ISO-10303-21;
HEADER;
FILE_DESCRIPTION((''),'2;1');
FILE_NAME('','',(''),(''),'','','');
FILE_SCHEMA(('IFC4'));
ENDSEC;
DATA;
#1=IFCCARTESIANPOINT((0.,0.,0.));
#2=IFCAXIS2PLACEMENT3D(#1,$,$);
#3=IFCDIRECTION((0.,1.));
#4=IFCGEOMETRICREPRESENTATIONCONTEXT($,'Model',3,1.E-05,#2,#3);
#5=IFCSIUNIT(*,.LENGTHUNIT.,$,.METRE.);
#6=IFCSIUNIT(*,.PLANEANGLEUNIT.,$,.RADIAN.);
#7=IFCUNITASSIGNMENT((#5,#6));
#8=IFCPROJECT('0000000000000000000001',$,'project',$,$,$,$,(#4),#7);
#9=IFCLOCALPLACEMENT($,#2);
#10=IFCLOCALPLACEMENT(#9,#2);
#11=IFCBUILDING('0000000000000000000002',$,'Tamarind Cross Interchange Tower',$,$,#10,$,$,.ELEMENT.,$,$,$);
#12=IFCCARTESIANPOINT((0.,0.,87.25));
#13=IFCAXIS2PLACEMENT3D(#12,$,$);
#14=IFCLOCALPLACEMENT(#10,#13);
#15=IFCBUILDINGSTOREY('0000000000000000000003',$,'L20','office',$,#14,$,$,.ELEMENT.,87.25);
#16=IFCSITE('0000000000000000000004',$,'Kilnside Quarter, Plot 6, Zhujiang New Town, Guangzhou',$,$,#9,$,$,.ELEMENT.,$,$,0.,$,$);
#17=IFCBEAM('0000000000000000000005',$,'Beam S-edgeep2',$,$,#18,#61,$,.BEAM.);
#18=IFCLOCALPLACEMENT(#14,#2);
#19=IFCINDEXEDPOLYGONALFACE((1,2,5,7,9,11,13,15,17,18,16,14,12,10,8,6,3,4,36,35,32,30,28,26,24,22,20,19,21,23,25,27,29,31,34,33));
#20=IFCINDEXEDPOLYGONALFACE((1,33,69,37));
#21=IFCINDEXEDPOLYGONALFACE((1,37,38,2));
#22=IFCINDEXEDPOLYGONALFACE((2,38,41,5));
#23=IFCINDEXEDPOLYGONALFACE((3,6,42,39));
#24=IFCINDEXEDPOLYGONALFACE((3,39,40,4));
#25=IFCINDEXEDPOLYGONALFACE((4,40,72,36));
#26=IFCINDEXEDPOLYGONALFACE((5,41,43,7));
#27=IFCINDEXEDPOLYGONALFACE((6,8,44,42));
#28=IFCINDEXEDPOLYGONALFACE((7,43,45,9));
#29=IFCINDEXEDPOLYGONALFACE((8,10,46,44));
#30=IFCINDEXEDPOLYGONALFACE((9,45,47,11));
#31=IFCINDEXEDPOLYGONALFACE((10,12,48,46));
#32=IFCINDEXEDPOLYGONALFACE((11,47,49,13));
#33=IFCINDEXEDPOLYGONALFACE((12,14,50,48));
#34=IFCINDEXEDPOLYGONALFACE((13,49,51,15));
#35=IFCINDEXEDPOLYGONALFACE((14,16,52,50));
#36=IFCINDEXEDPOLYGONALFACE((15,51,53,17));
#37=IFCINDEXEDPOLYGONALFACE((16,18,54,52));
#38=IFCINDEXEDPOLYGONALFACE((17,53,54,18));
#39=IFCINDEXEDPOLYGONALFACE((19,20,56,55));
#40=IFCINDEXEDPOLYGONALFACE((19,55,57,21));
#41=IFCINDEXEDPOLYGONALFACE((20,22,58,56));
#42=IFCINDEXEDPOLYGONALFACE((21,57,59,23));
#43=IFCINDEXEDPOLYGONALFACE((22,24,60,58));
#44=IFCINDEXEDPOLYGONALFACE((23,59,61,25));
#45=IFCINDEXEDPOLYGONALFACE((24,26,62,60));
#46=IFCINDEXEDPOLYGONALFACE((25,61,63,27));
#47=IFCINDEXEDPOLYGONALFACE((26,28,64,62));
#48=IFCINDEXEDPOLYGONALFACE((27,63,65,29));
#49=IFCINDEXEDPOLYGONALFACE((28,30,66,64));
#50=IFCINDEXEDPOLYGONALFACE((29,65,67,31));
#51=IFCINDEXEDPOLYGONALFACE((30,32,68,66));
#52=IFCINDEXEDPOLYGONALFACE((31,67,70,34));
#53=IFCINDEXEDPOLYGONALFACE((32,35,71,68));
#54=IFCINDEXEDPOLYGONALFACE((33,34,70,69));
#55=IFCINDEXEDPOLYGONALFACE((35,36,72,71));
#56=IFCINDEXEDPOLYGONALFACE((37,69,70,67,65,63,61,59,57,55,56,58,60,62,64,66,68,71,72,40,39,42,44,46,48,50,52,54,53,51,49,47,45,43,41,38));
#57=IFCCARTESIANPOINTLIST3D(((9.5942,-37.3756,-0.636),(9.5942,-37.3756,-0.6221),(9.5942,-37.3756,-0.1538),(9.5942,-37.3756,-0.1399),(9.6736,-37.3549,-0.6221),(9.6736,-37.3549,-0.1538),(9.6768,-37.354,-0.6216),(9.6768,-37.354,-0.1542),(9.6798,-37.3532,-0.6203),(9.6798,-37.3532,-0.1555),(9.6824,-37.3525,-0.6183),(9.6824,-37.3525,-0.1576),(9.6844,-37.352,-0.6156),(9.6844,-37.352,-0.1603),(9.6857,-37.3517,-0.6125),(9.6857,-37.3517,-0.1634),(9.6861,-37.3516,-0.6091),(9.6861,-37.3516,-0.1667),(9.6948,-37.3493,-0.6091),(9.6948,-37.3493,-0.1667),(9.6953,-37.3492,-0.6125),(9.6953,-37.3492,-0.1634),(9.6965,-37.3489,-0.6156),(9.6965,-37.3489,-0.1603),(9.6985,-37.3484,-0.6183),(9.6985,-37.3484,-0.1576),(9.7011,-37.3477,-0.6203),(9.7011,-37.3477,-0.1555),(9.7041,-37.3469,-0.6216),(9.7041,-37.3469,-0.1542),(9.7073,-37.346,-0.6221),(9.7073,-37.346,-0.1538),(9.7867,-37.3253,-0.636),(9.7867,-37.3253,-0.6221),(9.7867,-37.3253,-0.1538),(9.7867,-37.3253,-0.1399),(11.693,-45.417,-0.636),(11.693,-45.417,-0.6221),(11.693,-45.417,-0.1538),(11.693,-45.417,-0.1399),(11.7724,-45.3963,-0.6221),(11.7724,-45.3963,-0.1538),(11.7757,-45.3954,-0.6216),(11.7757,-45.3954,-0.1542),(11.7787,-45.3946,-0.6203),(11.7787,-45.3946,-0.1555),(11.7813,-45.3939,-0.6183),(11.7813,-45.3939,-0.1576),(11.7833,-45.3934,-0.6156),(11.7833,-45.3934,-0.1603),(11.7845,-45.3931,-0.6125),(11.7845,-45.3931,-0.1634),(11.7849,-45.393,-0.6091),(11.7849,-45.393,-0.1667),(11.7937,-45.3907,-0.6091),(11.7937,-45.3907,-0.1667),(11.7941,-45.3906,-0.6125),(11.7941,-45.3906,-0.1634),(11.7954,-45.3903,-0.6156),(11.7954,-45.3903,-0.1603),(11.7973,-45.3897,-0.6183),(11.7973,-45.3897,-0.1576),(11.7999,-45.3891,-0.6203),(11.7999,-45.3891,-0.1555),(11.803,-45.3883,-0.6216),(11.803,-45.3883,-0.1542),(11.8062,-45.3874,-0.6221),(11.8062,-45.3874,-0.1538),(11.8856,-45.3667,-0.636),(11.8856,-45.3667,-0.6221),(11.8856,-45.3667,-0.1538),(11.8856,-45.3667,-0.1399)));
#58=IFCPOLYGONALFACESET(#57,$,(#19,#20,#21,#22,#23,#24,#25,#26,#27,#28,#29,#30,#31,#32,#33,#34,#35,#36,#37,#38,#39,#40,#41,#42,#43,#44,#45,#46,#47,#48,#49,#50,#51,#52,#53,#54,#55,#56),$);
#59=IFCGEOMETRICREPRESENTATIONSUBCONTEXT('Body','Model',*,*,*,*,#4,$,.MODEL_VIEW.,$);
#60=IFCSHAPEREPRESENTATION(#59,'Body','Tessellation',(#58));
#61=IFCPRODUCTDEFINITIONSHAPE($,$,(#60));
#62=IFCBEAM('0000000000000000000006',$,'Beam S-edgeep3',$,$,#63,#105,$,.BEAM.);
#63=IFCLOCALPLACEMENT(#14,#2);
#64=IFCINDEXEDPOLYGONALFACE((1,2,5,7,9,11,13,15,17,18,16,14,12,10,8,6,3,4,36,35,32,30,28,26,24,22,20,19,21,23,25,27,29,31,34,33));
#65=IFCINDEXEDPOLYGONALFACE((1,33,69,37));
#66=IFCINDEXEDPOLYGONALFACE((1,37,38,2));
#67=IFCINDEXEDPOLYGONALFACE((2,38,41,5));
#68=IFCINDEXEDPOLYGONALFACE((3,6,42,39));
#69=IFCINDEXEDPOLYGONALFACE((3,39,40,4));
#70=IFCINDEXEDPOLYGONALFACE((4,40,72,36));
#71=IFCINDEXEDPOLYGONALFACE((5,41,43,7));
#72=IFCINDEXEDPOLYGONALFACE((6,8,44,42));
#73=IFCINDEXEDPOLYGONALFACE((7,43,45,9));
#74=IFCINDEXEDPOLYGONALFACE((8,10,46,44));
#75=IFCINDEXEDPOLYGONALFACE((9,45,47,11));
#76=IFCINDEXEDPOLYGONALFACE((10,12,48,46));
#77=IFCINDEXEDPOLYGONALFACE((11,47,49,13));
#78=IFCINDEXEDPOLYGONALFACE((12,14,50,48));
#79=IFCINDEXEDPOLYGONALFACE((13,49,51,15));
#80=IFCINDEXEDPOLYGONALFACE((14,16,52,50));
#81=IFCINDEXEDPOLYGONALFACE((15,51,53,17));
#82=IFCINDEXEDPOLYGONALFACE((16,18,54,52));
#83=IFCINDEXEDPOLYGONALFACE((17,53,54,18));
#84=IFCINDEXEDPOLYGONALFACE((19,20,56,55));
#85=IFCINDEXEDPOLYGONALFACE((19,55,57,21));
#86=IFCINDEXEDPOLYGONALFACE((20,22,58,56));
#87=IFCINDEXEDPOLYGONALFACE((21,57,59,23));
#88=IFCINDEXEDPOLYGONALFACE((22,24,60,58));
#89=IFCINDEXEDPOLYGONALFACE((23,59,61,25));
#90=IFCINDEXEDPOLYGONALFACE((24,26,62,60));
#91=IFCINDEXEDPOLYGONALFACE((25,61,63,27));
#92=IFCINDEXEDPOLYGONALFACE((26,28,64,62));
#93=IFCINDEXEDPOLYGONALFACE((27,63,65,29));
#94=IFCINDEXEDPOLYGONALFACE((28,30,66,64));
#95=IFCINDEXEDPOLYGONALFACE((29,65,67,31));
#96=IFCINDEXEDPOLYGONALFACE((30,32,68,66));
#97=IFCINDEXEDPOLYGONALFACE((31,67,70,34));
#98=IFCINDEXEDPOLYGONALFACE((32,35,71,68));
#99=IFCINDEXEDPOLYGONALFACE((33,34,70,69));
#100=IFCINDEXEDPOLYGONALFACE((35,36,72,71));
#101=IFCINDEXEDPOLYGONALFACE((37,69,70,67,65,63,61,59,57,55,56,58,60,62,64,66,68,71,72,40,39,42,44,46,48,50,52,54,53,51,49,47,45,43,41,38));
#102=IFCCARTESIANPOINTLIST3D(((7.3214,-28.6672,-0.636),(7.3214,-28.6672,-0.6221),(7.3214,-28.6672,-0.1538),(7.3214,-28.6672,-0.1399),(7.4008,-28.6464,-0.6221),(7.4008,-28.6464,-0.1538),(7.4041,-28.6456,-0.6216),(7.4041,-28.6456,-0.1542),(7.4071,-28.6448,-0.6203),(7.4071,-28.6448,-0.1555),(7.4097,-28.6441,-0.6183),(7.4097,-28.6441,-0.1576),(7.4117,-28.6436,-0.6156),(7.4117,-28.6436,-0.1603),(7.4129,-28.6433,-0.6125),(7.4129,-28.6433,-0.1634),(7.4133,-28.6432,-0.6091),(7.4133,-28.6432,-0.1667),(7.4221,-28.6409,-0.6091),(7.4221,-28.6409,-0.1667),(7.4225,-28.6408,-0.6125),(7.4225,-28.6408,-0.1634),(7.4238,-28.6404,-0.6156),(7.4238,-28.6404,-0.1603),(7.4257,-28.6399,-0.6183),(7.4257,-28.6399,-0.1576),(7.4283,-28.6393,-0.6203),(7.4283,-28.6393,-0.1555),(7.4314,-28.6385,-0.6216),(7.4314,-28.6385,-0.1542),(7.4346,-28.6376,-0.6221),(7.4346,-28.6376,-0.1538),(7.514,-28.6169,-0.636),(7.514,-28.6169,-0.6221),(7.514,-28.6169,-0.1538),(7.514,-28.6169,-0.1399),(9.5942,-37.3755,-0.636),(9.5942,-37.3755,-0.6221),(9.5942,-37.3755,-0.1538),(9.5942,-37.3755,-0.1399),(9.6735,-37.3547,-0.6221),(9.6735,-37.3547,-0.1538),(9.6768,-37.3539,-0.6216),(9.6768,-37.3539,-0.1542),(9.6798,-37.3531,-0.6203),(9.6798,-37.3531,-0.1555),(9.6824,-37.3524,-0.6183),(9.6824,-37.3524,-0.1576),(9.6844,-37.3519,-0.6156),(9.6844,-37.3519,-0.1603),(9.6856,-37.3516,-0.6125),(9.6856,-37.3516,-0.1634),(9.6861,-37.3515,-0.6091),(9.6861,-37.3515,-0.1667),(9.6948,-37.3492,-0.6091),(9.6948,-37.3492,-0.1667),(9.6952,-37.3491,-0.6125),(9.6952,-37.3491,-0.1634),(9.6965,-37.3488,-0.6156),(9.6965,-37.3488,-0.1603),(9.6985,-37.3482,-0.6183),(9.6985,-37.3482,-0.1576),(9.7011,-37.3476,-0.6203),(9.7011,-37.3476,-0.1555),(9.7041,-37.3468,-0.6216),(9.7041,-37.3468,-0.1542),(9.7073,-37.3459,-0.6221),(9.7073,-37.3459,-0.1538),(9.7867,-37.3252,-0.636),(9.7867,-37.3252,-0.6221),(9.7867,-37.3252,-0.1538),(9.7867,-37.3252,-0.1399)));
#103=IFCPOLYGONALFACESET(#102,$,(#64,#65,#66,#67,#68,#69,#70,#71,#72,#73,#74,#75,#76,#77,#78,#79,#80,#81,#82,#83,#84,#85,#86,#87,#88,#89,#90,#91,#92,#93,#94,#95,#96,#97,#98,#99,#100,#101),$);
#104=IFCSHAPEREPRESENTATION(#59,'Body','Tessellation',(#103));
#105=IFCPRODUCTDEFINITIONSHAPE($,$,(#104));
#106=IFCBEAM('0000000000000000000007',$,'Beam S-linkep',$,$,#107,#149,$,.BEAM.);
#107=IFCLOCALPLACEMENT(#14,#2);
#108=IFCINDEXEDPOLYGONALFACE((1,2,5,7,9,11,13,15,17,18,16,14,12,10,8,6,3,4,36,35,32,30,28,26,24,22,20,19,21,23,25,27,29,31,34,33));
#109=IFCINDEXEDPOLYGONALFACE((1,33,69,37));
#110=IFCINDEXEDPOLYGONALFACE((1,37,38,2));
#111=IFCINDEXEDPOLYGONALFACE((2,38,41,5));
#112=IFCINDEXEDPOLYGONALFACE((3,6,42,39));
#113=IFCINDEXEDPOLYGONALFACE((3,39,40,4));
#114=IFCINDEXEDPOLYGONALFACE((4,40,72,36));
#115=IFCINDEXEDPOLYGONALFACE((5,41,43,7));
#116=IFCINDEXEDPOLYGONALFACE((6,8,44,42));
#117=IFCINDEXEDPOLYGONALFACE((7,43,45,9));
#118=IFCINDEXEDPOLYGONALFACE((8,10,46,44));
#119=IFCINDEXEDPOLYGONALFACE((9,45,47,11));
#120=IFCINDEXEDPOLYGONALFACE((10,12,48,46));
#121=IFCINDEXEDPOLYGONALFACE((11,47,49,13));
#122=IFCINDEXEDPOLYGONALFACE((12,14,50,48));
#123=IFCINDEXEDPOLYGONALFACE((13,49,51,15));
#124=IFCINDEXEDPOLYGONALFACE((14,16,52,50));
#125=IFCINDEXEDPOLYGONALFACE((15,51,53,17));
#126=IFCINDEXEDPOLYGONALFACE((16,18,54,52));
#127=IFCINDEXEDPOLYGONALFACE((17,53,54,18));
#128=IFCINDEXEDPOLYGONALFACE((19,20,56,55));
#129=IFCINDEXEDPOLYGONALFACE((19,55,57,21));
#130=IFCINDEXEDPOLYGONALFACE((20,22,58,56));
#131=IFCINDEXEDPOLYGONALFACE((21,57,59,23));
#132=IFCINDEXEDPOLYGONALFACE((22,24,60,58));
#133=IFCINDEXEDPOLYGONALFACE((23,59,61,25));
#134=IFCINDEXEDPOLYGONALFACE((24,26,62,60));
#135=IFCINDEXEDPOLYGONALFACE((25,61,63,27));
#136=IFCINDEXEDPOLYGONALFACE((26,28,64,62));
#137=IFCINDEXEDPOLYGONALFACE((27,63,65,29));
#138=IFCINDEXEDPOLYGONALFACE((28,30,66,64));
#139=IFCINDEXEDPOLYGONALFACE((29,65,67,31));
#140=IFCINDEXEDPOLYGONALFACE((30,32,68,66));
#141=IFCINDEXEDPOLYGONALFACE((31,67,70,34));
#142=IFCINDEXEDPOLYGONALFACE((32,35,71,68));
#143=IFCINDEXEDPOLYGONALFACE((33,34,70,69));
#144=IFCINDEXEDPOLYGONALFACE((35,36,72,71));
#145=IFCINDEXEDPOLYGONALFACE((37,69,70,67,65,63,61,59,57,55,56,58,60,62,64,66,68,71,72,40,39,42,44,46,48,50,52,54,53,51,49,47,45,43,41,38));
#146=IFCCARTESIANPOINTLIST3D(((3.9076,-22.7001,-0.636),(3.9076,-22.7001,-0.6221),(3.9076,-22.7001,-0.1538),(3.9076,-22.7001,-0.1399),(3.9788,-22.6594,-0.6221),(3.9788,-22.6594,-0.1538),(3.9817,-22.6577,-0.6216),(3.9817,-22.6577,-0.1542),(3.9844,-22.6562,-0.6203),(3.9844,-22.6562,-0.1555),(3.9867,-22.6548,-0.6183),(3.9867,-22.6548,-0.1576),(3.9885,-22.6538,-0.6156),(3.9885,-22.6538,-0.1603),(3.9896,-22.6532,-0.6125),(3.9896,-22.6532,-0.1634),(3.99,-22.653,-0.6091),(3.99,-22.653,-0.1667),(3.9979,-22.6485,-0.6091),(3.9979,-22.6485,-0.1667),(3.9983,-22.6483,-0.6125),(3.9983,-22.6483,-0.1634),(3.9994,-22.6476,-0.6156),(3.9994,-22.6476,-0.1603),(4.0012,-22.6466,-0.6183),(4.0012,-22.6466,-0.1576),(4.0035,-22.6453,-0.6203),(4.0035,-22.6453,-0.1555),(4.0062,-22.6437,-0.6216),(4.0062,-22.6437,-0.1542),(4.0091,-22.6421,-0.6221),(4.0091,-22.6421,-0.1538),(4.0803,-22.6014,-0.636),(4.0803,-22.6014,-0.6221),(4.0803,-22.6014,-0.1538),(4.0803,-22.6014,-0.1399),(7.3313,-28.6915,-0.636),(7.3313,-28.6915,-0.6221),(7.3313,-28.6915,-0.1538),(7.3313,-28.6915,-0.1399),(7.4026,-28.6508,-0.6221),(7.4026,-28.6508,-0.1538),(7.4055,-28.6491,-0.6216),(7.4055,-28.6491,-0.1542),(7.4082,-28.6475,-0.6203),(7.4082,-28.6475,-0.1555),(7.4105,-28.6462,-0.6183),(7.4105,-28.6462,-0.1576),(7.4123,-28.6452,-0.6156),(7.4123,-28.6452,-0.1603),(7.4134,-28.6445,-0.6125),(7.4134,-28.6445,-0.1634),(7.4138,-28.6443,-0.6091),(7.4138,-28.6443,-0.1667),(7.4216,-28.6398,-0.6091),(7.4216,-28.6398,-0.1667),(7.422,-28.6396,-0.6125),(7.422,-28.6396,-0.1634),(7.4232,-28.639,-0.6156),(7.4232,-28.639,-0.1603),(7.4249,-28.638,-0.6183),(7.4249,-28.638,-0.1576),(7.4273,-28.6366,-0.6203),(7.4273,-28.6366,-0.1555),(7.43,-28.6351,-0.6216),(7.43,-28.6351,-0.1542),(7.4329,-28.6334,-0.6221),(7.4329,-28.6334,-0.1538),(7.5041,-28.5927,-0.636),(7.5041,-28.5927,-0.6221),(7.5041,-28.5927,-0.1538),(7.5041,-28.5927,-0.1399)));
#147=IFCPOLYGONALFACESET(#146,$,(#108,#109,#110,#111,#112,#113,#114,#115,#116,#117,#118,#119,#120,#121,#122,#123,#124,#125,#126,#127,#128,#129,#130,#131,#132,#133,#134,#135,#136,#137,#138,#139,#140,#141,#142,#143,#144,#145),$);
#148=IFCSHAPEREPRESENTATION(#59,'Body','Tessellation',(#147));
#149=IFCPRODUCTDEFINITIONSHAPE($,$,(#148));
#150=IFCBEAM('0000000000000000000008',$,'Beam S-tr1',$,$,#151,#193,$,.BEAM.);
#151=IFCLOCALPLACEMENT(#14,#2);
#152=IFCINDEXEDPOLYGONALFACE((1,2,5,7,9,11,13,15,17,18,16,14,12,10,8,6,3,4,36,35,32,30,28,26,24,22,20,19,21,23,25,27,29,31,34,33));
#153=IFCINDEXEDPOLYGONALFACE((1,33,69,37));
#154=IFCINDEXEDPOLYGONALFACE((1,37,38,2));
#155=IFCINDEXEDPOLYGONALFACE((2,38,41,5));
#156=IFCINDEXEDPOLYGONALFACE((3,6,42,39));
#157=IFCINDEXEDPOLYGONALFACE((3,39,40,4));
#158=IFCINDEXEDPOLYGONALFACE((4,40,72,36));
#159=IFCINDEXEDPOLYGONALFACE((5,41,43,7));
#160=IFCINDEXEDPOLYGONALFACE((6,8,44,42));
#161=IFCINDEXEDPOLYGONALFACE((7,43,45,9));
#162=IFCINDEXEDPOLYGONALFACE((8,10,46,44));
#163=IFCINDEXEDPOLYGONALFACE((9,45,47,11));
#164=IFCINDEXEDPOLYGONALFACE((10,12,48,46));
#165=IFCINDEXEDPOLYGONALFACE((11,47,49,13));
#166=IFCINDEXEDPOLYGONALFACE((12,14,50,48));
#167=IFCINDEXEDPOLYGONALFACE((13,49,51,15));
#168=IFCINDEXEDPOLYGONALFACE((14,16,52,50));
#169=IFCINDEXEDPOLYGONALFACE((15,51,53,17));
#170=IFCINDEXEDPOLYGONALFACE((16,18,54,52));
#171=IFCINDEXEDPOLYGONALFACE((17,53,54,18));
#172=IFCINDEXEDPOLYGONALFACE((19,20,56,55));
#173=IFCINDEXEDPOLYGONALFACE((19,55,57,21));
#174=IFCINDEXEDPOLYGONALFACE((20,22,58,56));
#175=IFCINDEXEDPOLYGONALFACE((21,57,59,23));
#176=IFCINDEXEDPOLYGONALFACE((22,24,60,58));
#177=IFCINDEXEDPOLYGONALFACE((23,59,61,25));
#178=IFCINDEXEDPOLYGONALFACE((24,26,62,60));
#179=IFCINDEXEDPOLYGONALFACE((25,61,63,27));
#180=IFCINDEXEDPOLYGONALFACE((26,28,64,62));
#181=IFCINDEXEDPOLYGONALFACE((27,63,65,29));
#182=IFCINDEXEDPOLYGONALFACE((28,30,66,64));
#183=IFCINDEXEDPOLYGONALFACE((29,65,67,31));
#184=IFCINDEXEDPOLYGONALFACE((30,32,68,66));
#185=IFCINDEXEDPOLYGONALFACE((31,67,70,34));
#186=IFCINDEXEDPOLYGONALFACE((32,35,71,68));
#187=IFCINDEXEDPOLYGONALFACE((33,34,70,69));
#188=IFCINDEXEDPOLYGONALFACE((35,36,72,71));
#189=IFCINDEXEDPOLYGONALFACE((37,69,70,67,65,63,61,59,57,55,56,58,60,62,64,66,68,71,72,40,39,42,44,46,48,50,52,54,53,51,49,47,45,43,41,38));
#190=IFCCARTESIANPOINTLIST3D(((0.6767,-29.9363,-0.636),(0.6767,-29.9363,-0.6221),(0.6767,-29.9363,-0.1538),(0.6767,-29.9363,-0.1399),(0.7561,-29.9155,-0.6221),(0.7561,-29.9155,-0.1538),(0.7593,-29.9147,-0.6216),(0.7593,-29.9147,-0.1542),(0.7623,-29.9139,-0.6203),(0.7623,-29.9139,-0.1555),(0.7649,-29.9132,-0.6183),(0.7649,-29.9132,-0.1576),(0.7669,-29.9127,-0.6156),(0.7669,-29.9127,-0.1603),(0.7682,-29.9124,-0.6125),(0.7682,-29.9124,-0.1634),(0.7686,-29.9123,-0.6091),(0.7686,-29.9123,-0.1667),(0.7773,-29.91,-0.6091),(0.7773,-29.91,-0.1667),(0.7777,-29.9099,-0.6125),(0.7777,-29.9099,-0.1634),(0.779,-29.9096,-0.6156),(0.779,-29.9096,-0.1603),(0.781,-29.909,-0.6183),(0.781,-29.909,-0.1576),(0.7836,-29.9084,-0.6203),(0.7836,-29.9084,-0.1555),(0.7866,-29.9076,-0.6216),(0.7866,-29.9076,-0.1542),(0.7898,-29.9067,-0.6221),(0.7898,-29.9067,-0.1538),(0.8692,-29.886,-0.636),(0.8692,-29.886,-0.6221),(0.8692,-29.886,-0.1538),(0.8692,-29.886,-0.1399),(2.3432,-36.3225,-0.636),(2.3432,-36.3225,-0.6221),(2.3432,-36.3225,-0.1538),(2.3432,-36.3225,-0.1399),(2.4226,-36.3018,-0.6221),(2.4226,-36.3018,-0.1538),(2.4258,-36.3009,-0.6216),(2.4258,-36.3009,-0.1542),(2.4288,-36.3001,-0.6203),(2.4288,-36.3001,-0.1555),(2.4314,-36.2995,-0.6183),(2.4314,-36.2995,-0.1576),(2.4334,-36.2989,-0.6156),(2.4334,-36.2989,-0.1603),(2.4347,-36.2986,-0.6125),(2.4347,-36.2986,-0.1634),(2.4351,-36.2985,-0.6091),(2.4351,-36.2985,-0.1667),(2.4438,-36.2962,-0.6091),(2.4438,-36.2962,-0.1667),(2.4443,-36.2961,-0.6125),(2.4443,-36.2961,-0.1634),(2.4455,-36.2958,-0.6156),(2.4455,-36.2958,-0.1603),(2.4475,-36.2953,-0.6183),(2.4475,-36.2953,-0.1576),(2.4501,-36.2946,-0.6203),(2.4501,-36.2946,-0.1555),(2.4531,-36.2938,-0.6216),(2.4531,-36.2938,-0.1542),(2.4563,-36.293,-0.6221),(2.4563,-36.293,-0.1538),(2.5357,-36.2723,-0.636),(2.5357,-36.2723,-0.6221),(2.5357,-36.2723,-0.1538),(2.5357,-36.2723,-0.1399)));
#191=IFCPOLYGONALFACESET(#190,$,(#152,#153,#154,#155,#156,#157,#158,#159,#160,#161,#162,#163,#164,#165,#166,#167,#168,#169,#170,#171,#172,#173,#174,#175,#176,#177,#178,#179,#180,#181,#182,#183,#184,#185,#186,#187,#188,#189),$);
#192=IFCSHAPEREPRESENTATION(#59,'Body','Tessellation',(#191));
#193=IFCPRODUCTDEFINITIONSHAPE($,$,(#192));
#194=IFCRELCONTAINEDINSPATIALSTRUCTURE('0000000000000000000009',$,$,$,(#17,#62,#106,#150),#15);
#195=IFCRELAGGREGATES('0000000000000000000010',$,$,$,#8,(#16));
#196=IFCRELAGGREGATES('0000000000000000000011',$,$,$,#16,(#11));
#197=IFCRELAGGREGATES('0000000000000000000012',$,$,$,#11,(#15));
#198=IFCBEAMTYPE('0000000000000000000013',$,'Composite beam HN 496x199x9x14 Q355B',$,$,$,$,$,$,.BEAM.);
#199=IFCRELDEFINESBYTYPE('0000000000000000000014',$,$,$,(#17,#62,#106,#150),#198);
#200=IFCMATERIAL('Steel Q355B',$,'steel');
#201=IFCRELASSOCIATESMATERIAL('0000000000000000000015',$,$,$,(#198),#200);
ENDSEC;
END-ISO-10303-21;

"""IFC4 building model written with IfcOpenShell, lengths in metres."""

from ifc_helpers import new_model, si_unit, direction, frame, origin, origin_2d, place, context, subcontext, project, spatial, i_section, extrude, material, material_profile, profile_set, type_object, element, save


model = new_model("IFC4")

# Units and contexts
model_context = context("Model", 3, precision=1e-05, world=origin(), true_north=direction((0.0, 1.0)))
body_context = subcontext(model_context, "Body", "Model", "MODEL_VIEW")
ifc_project = project(units=[si_unit("LENGTHUNIT", "METRE"), si_unit("PLANEANGLEUNIT", "RADIAN")], contexts=[model_context])

# Site, building, storey
site_placement = place(None, origin())
site = spatial("IfcSite", under=ifc_project, at=site_placement, Name="Kilnside Quarter, Plot 6, Zhujiang New Town, Guangzhou", CompositionType="ELEMENT", RefElevation=0.0)
building_placement = place(site_placement, origin())
building = spatial("IfcBuilding", under=site, at=building_placement, Name="Tamarind Cross Interchange Tower", CompositionType="ELEMENT")
storey_placement = place(building_placement, frame((0.0, 0.0, 87.25)))
storey = spatial("IfcBuildingStorey", under=building, at=storey_placement, Name="L20", Description="office", CompositionType="ELEMENT", Elevation=87.25)

# Beams
ifc_material_1 = material(Name="Steel Q355B", Category="steel")
ifc_material_profile_1 = material_profile(ifc_material_1, i_section(OverallWidth=0.199, OverallDepth=0.4961, WebThickness=0.009, FlangeThickness=0.0139, FilletRadius=0.0129, at=origin_2d()), Name="HN 496x199x9x14")
ifc_profile_set_1 = profile_set([ifc_material_profile_1], Name="Steel Q355B")
beam_type_1 = type_object("IfcBeamType", Name="Composite beam HN 496x199x9x14 Q355B", PredefinedType="BEAM", material=ifc_profile_set_1)
for number, where, z_axis, x_axis, name in (
    (1, (11.7893, -45.3918, -0.3879), (-0.252545, 0.967585, 0.0), (-0.967585, -0.252545, 0.0), "Beam S-edgeep2"),
):
    element("IfcBeam", number, at=place(storey_placement, frame(where, z_axis=z_axis, x_axis=x_axis)), inside=storey, type_object=beam_type_1, Name=name, PredefinedType="BEAM", context=body_context, shape_type="SweptSolid", body=[
        extrude(i_section(OverallWidth=0.199, OverallDepth=0.4961, WebThickness=0.009, FlangeThickness=0.0139, FilletRadius=0.0129, at=origin_2d()), origin(), (0.0, 0.0, 1.0), 8.3108),
    ])
beam_1_placement = place(storey_placement, frame((9.6904, -37.3503, -0.3879), z_axis=(-0.252525, 0.96759, 0.0), x_axis=(-0.96759, -0.252525, 0.0)))
element("IfcBeam", 2, at=beam_1_placement, inside=storey, type_object=beam_type_1, Name="Beam S-edgeep3", PredefinedType="BEAM", context=body_context, shape_type="SweptSolid", body=[
    extrude(i_section(OverallWidth=0.199, OverallDepth=0.4961, WebThickness=0.009, FlangeThickness=0.0139, FilletRadius=0.0129, at=origin_2d()), origin(), (0.0, 0.0, 1.0), 9.0),
])
beam_2_placement = place(storey_placement, frame((7.4177, -28.6421, -0.3879), z_axis=(-0.496154, 0.868234, 0.0), x_axis=(-0.868234, -0.496154, 0.0)))
element("IfcBeam", 3, at=beam_2_placement, inside=storey, type_object=beam_type_1, Name="Beam S-linkep", PredefinedType="BEAM", context=body_context, shape_type="SweptSolid", body=[
    extrude(i_section(OverallWidth=0.199, OverallDepth=0.4961, WebThickness=0.009, FlangeThickness=0.0139, FilletRadius=0.0129, at=origin_2d()), origin(), (0.0, 0.0, 1.0), 6.9006),
])
for number, where, z_axis, x_axis, name in (
    (4, (0.7729, -29.9111, -0.3879), (0.252497, -0.967598, 0.0), (0.967598, 0.252497, 0.0), "Beam S-tr1"),
):
    element("IfcBeam", number, at=place(storey_placement, frame(where, z_axis=z_axis, x_axis=x_axis)), inside=storey, type_object=beam_type_1, Name=name, PredefinedType="BEAM", context=body_context, shape_type="SweptSolid", body=[
        extrude(i_section(OverallWidth=0.199, OverallDepth=0.4961, WebThickness=0.009, FlangeThickness=0.0139, FilletRadius=0.0129, at=origin_2d()), origin(), (0.0, 0.0, 1.0), 6.6001),
    ])

save(model, "model.ifc")
